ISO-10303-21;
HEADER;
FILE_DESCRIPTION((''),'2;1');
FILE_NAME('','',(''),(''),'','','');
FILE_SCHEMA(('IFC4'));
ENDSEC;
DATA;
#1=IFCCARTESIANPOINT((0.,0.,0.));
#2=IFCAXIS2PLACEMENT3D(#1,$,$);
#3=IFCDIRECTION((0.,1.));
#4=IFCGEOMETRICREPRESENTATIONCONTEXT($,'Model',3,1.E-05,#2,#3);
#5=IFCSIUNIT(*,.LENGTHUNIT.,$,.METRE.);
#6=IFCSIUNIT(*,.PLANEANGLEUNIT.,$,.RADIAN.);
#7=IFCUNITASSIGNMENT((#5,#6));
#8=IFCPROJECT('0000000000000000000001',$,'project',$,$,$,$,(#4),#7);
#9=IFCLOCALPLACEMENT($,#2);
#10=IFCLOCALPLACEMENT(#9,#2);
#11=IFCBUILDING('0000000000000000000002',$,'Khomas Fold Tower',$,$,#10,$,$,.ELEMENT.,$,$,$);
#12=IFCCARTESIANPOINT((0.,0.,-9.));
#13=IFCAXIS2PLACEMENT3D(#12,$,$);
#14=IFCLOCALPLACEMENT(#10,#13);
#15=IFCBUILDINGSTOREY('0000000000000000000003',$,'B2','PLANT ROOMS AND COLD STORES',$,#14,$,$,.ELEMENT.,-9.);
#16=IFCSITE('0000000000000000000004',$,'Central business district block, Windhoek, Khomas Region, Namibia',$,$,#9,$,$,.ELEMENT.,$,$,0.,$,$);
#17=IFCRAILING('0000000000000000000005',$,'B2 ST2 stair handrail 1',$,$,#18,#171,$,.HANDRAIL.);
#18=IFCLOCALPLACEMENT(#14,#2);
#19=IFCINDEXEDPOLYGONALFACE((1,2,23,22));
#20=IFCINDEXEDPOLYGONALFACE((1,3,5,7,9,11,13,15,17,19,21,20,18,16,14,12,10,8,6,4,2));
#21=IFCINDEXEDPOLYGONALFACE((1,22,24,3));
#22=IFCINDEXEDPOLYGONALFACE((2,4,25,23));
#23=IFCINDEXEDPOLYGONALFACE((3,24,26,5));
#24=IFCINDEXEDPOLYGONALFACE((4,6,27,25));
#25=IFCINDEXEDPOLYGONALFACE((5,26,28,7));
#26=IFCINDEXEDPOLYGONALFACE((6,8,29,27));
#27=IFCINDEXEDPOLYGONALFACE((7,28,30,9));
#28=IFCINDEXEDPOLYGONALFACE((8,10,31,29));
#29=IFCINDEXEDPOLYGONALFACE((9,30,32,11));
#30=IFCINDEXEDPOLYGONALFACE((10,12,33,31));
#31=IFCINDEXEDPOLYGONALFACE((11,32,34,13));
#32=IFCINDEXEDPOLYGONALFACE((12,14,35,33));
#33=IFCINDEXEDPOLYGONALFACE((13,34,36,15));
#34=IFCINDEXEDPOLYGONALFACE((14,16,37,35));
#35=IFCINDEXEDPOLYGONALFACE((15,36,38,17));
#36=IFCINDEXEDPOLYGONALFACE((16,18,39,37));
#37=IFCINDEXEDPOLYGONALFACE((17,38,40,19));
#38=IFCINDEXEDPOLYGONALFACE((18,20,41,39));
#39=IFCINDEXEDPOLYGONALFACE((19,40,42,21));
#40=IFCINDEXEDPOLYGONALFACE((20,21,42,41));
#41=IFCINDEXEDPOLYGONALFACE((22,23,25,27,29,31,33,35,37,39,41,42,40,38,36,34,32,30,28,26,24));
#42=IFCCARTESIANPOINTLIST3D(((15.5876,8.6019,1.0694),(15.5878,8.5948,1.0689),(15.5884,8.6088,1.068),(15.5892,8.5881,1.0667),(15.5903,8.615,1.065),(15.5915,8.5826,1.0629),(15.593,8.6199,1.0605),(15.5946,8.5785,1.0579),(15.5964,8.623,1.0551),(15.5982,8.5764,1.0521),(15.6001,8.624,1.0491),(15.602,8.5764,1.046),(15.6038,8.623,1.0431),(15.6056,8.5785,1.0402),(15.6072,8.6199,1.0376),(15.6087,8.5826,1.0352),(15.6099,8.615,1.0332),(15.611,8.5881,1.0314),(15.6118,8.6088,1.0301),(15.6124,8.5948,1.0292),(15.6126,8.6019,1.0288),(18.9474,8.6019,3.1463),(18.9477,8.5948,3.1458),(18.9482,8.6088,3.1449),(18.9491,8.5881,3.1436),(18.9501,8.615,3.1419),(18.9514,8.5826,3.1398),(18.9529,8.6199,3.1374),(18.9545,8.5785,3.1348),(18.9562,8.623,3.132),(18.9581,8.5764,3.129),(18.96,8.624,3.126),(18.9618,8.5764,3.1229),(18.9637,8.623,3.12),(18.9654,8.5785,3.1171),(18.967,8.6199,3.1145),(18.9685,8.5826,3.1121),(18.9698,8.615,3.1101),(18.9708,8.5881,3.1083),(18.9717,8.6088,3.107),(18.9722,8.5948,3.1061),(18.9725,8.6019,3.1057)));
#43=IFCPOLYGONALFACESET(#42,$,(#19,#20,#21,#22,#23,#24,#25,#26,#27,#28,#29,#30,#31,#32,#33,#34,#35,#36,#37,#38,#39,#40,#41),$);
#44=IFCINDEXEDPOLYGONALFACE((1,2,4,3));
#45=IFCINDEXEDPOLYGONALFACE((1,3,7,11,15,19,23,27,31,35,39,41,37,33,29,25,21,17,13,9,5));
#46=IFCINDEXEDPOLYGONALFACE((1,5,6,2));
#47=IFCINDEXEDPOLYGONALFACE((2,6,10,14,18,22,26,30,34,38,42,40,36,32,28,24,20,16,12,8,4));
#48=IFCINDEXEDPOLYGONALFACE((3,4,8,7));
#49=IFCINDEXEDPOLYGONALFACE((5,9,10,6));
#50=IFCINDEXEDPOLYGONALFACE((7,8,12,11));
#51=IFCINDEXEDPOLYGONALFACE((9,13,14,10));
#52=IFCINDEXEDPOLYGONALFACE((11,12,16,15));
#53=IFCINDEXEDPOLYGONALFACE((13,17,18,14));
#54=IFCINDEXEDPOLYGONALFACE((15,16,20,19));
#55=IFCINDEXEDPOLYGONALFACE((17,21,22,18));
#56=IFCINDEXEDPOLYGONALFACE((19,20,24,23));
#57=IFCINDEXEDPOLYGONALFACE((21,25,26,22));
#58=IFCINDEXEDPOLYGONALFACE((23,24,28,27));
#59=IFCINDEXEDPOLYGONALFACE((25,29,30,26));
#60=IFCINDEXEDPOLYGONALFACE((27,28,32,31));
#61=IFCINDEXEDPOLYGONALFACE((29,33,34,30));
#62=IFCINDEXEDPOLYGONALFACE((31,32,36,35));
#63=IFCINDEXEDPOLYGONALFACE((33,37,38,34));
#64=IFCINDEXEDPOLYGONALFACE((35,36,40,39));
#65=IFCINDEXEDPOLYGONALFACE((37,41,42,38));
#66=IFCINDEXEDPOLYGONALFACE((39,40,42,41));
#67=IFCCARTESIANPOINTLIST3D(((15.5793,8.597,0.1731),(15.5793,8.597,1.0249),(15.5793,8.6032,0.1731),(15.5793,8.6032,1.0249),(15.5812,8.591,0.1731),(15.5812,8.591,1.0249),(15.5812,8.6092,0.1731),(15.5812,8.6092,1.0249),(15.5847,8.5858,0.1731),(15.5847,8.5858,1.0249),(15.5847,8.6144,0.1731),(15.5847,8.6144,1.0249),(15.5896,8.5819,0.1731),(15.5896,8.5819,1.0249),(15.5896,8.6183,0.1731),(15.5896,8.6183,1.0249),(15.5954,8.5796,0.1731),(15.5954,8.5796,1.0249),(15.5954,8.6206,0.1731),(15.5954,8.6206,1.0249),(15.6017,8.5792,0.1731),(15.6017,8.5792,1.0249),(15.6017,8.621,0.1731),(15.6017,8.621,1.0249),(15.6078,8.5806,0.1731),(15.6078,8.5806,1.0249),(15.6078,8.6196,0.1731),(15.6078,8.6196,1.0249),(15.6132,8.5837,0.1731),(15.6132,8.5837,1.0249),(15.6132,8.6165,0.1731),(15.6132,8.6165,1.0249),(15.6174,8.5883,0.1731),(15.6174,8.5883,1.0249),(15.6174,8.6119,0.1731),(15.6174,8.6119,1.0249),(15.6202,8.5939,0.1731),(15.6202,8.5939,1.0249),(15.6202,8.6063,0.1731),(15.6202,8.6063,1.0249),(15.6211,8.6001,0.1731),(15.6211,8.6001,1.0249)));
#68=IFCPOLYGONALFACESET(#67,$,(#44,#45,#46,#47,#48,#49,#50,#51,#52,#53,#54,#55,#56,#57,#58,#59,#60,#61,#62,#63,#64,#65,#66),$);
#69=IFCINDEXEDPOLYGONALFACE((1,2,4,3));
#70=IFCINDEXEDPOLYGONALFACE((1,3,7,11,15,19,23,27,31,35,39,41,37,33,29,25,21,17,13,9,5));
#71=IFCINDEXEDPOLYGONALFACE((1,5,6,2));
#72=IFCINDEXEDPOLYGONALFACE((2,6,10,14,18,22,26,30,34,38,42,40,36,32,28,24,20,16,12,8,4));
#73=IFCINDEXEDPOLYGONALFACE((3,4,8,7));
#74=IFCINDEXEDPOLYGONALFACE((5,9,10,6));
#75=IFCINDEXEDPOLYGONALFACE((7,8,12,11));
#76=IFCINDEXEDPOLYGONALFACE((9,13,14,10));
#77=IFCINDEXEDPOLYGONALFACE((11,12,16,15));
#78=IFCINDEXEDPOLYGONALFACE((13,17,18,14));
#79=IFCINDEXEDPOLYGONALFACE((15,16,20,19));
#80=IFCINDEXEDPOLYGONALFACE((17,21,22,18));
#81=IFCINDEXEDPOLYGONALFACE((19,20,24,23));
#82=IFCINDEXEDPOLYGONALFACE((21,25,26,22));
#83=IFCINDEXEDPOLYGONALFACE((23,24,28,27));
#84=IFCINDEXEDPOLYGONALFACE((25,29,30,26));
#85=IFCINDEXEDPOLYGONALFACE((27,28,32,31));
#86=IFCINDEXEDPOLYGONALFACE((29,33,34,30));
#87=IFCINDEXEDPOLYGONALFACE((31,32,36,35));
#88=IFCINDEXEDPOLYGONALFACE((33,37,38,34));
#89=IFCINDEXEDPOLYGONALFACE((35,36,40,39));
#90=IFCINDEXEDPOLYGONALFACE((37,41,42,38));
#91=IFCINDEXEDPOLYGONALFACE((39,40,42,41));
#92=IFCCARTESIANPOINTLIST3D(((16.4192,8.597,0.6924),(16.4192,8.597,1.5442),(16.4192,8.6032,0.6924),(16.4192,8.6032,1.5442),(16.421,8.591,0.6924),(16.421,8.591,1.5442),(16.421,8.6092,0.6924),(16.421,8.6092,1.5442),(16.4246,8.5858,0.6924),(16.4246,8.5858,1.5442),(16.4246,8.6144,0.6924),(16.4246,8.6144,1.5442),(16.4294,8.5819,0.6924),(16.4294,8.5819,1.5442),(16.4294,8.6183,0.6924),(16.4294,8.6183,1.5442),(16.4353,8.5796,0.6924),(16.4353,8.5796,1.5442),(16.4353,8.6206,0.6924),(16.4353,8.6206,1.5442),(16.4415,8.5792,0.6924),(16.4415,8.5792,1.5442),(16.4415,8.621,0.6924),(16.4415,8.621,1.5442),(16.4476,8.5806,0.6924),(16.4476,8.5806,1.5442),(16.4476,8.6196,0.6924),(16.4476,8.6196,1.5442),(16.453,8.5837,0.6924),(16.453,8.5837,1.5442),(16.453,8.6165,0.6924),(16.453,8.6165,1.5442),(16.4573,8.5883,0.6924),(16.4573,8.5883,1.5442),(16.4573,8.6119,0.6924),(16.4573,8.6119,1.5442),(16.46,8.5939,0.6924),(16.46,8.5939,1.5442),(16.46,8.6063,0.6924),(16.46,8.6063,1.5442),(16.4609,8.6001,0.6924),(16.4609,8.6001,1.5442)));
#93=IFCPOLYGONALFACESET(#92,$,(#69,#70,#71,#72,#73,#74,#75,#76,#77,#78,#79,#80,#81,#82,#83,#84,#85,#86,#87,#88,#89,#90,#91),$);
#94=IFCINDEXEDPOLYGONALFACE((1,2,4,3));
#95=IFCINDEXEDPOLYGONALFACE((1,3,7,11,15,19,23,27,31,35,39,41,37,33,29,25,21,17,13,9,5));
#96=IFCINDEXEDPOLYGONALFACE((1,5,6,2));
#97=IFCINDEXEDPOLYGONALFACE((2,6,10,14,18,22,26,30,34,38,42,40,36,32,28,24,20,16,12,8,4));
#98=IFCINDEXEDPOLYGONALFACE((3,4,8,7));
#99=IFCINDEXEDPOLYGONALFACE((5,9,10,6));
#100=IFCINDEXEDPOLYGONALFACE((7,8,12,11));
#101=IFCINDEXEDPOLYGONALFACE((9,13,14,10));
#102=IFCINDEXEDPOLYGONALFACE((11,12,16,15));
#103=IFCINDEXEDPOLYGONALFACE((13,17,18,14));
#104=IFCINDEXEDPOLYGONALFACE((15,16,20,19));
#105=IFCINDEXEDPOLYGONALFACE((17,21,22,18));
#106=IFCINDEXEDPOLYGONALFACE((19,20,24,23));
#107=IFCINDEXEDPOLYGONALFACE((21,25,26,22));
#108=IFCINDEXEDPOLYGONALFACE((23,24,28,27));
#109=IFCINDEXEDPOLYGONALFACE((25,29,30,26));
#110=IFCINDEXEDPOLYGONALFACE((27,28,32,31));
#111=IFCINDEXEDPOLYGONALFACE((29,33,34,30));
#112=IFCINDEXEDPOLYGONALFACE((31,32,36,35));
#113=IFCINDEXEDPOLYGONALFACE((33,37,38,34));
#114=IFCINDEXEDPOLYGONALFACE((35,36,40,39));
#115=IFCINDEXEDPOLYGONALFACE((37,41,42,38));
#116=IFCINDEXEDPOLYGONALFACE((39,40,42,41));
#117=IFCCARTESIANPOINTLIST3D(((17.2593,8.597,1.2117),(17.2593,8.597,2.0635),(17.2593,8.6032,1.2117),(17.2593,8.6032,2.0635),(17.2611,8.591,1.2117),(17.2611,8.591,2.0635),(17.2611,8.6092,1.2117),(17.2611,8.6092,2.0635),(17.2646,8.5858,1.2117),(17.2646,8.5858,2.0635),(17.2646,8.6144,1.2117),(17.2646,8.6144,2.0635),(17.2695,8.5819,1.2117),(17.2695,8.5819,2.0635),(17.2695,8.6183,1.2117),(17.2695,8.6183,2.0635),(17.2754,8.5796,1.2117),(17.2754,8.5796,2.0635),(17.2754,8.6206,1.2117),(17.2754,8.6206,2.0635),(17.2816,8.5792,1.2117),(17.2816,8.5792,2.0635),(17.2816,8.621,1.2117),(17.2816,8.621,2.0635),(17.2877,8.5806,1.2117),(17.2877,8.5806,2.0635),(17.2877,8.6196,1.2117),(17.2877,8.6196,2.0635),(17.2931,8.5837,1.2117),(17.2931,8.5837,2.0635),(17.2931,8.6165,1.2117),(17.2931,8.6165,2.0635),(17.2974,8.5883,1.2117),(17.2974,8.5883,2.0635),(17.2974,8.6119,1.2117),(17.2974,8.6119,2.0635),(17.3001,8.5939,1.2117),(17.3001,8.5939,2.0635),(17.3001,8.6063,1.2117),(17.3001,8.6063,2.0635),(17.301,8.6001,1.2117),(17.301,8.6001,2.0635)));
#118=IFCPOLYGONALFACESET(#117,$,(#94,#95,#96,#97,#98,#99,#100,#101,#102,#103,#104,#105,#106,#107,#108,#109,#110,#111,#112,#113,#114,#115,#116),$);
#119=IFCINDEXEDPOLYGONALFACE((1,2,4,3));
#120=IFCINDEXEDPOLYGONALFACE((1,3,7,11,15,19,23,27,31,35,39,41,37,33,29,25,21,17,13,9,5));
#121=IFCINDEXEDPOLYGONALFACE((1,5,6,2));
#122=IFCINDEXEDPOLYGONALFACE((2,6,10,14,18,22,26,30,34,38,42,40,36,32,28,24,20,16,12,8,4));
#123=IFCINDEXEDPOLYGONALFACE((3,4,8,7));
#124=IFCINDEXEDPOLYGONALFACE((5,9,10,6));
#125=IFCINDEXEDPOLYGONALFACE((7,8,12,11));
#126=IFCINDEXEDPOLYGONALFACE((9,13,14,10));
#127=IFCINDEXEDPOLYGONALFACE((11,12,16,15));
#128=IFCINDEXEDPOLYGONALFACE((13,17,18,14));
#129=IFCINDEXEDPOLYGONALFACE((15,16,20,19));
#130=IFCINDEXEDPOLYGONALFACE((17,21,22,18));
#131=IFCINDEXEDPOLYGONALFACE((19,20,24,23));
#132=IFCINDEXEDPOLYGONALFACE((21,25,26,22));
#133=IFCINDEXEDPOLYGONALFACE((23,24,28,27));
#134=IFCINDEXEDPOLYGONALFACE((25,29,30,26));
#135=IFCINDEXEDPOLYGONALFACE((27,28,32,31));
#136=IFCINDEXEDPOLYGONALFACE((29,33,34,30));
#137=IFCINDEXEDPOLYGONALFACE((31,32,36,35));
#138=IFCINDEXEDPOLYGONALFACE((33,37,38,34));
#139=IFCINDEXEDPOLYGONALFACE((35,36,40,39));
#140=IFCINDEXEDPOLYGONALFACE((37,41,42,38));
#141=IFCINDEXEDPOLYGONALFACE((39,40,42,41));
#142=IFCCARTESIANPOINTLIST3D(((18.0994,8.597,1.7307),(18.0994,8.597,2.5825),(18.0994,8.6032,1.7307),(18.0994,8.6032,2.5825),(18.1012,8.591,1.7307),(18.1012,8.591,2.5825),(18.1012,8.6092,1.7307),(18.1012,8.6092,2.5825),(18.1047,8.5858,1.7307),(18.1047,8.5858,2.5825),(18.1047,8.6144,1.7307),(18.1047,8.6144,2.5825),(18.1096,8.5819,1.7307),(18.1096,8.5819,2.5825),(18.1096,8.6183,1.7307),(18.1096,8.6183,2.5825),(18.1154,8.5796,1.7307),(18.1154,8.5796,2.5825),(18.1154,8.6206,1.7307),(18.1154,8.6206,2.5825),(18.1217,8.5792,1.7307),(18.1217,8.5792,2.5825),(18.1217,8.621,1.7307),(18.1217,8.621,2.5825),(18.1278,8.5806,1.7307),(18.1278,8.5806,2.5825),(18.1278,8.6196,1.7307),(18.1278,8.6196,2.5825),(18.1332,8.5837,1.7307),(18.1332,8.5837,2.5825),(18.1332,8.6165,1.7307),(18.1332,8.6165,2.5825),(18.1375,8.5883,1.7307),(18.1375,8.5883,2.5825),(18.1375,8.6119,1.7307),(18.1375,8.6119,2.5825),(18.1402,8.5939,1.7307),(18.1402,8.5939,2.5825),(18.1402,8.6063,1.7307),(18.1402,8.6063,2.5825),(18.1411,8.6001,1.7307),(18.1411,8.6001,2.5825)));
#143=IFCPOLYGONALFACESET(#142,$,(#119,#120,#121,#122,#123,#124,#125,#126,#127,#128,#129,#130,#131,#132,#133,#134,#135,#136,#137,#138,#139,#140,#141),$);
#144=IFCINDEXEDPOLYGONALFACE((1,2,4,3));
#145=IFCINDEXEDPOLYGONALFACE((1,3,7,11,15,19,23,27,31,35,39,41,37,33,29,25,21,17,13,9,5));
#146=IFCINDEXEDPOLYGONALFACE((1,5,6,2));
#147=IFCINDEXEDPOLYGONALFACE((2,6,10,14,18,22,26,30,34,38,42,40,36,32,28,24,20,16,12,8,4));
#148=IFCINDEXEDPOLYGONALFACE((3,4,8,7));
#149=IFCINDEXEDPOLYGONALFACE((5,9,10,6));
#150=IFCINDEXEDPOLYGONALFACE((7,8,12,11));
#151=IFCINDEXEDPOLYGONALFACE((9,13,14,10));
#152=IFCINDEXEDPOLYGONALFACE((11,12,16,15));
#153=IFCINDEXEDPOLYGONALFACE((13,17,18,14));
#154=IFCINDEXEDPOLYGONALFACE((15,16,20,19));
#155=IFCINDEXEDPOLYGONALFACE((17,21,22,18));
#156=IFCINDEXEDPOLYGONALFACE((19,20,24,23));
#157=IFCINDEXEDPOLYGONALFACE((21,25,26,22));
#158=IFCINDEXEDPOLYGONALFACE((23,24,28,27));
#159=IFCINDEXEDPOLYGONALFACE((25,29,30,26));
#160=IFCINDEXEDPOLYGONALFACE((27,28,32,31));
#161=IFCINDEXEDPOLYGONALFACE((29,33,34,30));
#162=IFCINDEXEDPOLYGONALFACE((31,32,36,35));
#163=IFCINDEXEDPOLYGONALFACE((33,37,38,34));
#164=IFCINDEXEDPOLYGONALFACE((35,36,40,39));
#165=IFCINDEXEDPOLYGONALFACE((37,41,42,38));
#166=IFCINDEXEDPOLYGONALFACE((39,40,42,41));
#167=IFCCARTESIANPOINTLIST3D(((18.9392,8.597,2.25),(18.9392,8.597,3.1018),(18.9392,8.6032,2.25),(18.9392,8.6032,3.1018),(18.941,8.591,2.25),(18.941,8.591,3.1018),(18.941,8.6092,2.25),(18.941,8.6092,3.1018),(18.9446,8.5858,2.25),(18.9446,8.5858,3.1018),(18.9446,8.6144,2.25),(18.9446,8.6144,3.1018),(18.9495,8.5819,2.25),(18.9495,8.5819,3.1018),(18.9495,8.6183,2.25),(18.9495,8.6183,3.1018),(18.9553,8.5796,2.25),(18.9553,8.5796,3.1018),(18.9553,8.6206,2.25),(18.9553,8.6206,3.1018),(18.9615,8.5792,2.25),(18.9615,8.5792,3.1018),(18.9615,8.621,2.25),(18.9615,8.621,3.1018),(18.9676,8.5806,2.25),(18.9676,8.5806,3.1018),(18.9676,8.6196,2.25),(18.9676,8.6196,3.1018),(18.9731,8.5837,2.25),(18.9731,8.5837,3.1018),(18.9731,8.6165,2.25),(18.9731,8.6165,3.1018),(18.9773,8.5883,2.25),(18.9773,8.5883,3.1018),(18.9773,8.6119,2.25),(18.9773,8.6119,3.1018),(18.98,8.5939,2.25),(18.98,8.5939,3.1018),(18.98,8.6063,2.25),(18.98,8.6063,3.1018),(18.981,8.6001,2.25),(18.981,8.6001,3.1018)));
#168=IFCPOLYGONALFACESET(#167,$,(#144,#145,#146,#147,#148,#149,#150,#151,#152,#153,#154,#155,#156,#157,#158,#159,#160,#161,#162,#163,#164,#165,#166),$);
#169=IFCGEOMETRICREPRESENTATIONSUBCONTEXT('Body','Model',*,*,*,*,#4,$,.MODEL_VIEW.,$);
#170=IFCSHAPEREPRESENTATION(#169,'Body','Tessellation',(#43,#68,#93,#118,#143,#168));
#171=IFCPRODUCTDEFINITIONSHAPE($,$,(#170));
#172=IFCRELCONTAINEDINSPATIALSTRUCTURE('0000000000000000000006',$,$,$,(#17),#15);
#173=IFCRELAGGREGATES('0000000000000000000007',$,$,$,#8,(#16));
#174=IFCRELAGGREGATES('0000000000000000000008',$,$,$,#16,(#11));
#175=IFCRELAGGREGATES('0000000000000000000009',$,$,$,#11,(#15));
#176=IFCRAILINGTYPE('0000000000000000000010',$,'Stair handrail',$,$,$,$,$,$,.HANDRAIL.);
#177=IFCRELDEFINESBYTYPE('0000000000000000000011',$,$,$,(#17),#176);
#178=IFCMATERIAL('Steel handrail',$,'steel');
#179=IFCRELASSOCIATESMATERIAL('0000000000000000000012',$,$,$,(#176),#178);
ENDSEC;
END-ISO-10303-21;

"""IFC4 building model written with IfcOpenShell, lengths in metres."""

from ifc_helpers import new_model, si_unit, direction, frame, origin, origin_2d, place, context, subcontext, project, spatial, circle, extrude, source, transform, mapped, material, type_object, element, save


model = new_model("IFC4")

# Units and contexts
model_context = context("Model", 3, precision=1e-05, world=origin(), true_north=direction((0.0, 1.0)))
body_context = subcontext(model_context, "Body", "Model", "MODEL_VIEW")
ifc_project = project(units=[si_unit("LENGTHUNIT", "METRE"), si_unit("PLANEANGLEUNIT", "RADIAN")], contexts=[model_context])

# Site, building, storey
site_placement = place(None, origin())
site = spatial("IfcSite", under=ifc_project, at=site_placement, Name="Central business district block, Windhoek, Khomas Region, Namibia", CompositionType="ELEMENT", RefElevation=0.0)
building_placement = place(site_placement, origin())
building = spatial("IfcBuilding", under=site, at=building_placement, Name="Khomas Fold Tower", CompositionType="ELEMENT")
storey_placement = place(building_placement, frame((0.0, 0.0, -9.0)))
storey = spatial("IfcBuildingStorey", under=building, at=storey_placement, Name="B2", Description="PLANT ROOMS AND COLD STORES", CompositionType="ELEMENT", Elevation=-9.0)

# Railing
ifc_material_1 = material(Name="Steel handrail", Category="steel")
railing_type_1 = type_object("IfcRailingType", Name="Stair handrail", PredefinedType="HANDRAIL", material=ifc_material_1)
shared_shape_1 = source(origin(), body_context, "Body", "SweptSolid", [
    extrude(circle(Radius=0.0239, at=origin_2d()), frame((0.0, 0.0, 0.876), z_axis=(0.850606, 0.0, 0.525803), x_axis=(0.0, 1.0, 0.0)), (0.0, 0.0, 1.0), 3.95),
    extrude(circle(Radius=0.021, at=origin_2d()), origin(), (0.0, 0.0, 1.0), 0.8518),
    extrude(circle(Radius=0.021, at=origin_2d()), frame((0.8398, 0.0, 0.5193)), (0.0, 0.0, 1.0), 0.8518),
    extrude(circle(Radius=0.021, at=origin_2d()), frame((1.6799, 0.0, 1.0386)), (0.0, 0.0, 1.0), 0.8518),
    extrude(circle(Radius=0.021, at=origin_2d()), frame((2.52, 0.0, 1.5576)), (0.0, 0.0, 1.0), 0.8518),
    extrude(circle(Radius=0.021, at=origin_2d()), frame((3.3599, 0.0, 2.0769)), (0.0, 0.0, 1.0), 0.8518),
])
railing_1_placement = place(storey_placement, frame((15.6001, 8.6001, 0.1731)))
element("IfcRailing", 1, at=railing_1_placement, inside=storey, type_object=railing_type_1, Name="B2 ST2 stair handrail 1", PredefinedType="HANDRAIL", context=body_context, shape_type="MappedRepresentation", body=[
    mapped(shared_shape_1, transform((0.0, 0.0, 0.0))),
])

save(model, "model.ifc")
